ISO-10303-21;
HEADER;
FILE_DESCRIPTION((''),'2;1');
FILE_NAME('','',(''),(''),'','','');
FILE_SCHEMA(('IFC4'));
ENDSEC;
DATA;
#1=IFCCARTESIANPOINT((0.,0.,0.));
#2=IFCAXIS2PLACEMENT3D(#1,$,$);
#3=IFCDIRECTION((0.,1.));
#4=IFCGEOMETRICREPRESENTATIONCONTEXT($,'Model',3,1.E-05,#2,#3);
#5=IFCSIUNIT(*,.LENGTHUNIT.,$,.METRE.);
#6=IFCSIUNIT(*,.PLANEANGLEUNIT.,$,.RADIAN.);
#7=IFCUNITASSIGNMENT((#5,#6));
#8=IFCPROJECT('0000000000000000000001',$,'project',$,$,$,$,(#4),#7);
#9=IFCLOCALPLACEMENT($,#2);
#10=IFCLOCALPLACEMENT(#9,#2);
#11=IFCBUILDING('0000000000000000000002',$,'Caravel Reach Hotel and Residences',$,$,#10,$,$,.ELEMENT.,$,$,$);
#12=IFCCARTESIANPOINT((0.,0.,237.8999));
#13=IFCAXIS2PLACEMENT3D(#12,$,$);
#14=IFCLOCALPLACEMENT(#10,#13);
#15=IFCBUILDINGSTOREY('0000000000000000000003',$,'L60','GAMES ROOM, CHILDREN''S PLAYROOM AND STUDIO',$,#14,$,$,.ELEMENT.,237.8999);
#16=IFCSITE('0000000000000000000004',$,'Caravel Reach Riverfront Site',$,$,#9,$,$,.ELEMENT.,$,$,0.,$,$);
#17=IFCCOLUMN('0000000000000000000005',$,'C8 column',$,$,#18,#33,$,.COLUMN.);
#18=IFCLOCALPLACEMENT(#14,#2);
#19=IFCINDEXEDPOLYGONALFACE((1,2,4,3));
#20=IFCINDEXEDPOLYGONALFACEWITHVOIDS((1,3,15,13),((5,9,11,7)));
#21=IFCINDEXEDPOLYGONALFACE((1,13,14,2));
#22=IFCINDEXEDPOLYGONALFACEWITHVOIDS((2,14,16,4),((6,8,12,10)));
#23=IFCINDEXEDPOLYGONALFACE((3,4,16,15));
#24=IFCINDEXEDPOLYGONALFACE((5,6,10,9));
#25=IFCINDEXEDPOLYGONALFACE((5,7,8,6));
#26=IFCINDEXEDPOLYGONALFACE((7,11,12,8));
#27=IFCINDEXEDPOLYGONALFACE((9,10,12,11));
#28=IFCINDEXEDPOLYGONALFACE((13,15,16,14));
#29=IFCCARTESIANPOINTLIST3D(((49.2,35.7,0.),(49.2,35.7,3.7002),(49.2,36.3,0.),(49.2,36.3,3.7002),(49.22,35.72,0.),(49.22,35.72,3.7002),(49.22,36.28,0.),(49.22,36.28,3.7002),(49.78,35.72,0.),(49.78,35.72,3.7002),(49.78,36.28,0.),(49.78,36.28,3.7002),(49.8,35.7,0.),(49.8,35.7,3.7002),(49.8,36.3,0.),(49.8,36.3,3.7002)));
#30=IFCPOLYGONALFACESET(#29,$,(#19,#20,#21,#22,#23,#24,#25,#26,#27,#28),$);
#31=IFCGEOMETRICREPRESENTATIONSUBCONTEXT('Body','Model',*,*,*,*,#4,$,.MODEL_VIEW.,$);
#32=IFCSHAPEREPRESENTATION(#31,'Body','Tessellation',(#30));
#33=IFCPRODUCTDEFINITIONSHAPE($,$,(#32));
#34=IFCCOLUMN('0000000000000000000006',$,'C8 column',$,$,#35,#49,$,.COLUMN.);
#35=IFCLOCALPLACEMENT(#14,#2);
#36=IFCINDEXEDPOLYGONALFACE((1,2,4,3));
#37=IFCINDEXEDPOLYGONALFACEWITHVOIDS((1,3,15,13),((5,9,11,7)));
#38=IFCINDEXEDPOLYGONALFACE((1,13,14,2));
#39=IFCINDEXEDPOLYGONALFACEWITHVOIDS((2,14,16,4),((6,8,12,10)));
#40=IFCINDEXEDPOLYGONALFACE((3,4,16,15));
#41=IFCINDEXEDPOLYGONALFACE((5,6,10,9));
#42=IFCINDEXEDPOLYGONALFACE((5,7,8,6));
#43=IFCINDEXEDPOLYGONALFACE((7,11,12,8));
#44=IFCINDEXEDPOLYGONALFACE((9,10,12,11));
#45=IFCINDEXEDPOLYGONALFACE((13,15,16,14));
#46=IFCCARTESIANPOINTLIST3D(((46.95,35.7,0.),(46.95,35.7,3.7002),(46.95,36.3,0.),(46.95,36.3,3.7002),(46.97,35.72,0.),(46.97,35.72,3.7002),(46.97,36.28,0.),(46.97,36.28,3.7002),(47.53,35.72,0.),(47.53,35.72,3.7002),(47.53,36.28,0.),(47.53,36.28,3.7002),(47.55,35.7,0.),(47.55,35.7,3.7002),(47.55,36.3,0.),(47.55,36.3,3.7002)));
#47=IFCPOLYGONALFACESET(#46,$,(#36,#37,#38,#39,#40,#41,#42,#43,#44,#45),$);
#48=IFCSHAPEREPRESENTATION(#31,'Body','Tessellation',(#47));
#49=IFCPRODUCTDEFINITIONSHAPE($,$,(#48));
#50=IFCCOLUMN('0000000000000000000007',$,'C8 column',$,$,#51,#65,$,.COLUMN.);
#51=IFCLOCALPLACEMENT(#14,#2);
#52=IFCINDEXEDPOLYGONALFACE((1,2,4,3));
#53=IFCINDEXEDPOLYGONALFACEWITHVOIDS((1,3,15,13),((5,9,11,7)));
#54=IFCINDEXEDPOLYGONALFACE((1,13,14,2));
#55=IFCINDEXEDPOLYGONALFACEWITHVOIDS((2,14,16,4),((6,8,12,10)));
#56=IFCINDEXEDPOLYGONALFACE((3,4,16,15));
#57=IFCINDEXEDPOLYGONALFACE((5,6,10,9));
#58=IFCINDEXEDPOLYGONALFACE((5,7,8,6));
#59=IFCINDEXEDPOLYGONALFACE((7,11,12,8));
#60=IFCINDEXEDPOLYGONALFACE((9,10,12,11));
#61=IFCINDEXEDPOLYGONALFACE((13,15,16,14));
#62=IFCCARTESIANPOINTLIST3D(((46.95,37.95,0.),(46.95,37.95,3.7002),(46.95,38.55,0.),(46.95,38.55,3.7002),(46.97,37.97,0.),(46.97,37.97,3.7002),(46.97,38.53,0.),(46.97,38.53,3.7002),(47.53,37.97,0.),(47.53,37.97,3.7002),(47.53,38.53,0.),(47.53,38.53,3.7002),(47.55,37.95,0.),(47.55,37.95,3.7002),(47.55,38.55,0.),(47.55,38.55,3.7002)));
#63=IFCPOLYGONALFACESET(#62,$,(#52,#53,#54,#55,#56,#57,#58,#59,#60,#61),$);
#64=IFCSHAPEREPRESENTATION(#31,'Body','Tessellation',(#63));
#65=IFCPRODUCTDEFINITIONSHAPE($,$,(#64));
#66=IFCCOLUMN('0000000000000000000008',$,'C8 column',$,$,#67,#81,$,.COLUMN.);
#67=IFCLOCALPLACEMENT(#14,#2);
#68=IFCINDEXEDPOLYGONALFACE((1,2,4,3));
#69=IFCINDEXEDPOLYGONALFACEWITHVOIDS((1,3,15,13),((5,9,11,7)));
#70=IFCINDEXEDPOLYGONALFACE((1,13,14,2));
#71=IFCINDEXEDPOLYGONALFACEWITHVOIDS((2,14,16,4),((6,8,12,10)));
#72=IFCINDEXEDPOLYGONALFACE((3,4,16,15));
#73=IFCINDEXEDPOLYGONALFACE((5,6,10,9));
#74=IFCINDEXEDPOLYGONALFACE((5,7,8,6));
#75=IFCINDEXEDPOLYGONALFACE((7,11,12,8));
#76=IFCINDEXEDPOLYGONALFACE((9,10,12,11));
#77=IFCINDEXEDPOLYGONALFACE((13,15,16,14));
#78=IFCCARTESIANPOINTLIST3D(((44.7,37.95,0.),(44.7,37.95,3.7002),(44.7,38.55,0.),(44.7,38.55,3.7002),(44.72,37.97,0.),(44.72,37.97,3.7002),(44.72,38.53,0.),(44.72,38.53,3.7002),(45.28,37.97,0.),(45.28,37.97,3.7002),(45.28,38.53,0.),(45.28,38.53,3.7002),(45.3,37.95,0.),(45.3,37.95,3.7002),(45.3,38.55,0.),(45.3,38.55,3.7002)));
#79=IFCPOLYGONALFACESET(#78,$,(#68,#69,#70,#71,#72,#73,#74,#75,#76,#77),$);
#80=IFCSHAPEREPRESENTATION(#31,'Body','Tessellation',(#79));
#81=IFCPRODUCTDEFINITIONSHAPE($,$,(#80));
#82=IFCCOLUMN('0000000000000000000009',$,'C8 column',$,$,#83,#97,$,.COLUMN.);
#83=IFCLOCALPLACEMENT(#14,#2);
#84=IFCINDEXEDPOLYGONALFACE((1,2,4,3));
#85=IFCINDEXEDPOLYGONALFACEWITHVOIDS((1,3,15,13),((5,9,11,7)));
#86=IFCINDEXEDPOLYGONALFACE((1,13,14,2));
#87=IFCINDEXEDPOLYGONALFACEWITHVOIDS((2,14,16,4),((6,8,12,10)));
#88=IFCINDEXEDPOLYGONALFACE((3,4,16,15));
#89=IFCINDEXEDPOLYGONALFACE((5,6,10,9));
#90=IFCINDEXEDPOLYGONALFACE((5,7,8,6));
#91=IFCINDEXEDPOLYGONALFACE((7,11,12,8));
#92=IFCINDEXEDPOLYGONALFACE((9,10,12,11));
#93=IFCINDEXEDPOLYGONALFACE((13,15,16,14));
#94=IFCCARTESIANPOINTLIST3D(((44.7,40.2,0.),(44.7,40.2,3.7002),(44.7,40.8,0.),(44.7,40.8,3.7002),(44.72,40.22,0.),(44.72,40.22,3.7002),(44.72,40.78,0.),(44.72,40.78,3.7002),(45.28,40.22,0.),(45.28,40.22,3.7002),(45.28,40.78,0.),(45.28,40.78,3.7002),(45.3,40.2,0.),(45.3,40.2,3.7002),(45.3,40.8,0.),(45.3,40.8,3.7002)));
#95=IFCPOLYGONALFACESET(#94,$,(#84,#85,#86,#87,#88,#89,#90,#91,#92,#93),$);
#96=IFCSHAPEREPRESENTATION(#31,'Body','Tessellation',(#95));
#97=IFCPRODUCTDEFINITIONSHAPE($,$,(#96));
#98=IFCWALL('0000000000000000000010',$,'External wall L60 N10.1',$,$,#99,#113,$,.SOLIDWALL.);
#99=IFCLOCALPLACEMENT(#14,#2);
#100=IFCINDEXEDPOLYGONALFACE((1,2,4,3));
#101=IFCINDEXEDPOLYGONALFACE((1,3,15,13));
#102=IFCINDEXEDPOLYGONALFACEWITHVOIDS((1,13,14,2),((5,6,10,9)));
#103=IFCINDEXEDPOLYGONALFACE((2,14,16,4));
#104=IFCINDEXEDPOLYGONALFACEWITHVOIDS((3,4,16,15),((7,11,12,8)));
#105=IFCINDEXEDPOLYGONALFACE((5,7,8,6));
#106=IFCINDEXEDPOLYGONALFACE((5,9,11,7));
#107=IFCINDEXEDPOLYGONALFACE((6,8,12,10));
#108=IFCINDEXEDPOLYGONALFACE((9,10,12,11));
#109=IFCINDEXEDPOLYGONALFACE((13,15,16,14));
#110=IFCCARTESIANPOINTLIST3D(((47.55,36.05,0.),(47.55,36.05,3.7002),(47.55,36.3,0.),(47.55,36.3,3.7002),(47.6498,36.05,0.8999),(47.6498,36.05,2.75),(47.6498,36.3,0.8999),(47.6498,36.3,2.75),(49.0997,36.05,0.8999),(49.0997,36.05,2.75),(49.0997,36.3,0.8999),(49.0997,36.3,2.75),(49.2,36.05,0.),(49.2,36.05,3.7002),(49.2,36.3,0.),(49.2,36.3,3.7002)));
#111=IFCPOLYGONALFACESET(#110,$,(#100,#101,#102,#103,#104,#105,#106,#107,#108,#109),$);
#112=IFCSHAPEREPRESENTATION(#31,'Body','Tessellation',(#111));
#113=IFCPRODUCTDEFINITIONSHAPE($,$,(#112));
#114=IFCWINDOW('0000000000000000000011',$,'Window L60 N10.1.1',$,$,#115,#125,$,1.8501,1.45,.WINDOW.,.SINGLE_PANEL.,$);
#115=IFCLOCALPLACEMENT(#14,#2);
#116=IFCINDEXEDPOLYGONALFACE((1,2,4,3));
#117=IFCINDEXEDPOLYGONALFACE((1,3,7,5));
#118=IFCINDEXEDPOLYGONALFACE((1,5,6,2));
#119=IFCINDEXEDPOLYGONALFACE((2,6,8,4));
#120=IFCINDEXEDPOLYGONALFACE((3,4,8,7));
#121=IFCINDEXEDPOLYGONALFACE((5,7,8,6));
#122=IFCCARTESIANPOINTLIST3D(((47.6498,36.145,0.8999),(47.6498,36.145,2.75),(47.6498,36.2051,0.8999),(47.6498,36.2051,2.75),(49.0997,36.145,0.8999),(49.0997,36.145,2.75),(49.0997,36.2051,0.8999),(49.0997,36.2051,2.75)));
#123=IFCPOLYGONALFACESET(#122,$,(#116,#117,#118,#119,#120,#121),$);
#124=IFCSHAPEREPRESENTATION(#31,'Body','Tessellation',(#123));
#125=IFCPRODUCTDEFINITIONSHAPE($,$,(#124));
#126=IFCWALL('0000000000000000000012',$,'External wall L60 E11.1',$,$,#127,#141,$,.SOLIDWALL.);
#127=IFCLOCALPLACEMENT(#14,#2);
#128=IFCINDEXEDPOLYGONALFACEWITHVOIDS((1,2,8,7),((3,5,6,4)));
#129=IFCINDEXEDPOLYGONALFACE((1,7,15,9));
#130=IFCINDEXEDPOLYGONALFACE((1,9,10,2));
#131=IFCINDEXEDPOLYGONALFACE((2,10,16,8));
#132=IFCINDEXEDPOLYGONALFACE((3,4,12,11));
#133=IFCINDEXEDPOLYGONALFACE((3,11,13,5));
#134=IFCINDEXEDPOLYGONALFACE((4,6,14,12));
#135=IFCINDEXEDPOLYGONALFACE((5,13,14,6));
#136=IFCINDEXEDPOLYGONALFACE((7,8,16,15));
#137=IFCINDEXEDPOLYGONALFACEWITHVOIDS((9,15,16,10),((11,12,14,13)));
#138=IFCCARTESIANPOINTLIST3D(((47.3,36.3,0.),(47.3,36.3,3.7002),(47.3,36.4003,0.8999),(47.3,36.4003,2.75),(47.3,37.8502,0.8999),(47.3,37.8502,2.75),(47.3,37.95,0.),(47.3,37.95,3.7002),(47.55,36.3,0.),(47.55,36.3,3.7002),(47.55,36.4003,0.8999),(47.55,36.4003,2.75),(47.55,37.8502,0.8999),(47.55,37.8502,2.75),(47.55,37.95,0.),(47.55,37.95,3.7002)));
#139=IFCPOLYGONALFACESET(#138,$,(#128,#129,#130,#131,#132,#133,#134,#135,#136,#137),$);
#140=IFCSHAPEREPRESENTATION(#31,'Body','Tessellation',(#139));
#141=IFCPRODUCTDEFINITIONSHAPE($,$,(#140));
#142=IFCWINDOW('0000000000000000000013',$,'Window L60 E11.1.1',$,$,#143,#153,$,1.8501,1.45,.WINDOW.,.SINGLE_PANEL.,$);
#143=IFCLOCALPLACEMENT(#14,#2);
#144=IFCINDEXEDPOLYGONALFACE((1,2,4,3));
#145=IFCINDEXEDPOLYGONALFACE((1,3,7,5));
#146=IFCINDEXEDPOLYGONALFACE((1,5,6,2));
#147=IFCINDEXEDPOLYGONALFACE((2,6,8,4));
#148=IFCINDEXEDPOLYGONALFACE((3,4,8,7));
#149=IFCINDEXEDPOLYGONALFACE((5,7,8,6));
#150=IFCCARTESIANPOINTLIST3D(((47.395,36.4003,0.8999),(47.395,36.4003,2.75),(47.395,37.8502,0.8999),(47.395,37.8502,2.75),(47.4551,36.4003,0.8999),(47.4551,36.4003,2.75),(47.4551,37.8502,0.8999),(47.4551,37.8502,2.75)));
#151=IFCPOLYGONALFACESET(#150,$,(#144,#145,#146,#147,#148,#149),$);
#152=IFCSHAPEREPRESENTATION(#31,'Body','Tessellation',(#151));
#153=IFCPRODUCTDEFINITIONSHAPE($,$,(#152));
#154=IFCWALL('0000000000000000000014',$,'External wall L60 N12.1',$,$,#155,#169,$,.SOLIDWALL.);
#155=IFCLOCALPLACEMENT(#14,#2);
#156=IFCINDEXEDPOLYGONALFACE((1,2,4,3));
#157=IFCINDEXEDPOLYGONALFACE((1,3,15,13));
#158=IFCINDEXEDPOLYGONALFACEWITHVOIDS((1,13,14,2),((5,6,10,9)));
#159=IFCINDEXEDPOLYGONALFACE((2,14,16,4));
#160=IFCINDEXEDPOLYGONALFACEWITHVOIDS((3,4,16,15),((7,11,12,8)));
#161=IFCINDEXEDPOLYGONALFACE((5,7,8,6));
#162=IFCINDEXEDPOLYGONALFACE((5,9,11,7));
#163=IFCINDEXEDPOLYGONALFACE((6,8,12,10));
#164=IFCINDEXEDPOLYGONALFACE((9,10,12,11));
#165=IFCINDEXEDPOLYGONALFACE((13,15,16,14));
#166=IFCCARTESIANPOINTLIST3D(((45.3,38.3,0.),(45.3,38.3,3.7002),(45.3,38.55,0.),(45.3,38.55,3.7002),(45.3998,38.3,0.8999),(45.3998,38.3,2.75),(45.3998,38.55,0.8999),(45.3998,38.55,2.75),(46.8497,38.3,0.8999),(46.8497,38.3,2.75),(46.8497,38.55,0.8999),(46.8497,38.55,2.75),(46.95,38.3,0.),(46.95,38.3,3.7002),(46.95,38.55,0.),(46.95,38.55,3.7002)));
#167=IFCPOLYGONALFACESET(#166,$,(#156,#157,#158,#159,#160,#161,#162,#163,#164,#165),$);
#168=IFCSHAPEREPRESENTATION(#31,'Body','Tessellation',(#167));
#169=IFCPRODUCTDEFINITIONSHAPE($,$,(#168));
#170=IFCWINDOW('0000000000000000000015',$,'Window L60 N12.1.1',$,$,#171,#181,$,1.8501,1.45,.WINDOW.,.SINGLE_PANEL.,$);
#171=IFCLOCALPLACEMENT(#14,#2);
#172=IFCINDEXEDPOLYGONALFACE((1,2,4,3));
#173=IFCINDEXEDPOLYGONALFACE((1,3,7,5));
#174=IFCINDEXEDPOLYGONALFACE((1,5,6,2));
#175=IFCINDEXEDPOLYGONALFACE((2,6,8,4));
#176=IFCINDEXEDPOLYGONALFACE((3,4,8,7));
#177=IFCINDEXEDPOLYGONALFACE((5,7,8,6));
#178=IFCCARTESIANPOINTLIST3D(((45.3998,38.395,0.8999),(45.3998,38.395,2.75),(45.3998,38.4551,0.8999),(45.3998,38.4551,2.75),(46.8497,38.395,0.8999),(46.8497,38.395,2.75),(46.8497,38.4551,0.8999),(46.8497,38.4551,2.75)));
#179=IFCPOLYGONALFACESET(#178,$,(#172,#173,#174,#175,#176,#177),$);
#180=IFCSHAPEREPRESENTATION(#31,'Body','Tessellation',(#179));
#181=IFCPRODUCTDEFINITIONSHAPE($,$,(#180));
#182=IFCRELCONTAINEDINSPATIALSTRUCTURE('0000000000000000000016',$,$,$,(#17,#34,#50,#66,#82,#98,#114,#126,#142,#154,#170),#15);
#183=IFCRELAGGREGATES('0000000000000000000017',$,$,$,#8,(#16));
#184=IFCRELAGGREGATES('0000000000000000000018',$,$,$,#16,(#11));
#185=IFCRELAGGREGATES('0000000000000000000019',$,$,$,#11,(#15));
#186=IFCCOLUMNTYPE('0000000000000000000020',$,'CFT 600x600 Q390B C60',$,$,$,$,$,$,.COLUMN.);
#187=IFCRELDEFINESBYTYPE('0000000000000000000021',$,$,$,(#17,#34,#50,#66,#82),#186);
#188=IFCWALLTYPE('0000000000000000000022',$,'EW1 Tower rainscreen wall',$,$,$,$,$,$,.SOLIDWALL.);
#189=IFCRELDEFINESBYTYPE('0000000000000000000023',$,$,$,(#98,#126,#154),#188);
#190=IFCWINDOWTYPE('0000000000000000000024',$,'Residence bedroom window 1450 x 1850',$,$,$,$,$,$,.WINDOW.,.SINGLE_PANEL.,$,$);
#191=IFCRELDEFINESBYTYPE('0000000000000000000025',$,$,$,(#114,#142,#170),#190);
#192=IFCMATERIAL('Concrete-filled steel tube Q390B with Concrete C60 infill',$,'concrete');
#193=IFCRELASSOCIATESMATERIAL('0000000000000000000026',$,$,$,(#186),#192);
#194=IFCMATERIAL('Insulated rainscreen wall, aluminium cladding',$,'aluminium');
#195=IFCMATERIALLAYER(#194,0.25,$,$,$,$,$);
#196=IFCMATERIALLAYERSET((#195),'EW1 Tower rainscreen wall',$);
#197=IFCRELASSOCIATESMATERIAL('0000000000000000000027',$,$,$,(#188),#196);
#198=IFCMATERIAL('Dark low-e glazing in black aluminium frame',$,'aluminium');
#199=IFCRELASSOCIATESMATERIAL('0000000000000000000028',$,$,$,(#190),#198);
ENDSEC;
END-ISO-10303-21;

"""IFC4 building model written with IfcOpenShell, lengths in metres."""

from ifc_helpers import new_model, si_unit, direction, frame, frame_2d, origin, origin_2d, place, context, subcontext, project, spatial, rectangle, hollow_rectangle, extrude, material, layer, layer_set, material_profile, profile_set, type_object, element, fill, save


model = new_model("IFC4")

# Units and contexts
model_context = context("Model", 3, precision=1e-05, world=origin(), true_north=direction((0.0, 1.0)))
body_context = subcontext(model_context, "Body", "Model", "MODEL_VIEW")
ifc_project = project(units=[si_unit("LENGTHUNIT", "METRE"), si_unit("PLANEANGLEUNIT", "RADIAN")], contexts=[model_context])

# Site, building, storey
site_placement = place(None, origin())
site = spatial("IfcSite", under=ifc_project, at=site_placement, Name="Caravel Reach Riverfront Site", CompositionType="ELEMENT", RefElevation=0.0)
building_placement = place(site_placement, origin())
building = spatial("IfcBuilding", under=site, at=building_placement, Name="Caravel Reach Hotel and Residences", CompositionType="ELEMENT")
storey_placement = place(building_placement, frame((0.0, 0.0, 237.8999)))
storey = spatial("IfcBuildingStorey", under=building, at=storey_placement, Name="L60", Description="GAMES ROOM, CHILDREN'S PLAYROOM AND STUDIO", CompositionType="ELEMENT", Elevation=237.8999)

# Columns
ifc_material_1 = material(Name="Concrete-filled steel tube Q390B with Concrete C60 infill", Category="concrete")
ifc_material_profile = material_profile(ifc_material_1, hollow_rectangle(XDim=0.6001, YDim=0.6001, WallThickness=0.02, at=origin_2d()), Name="RHS 600x600x20")
ifc_profile_set = profile_set([ifc_material_profile], Name="Concrete-filled steel tube Q390B with Concrete C60 infill")
column_type = type_object("IfcColumnType", Name="CFT 600x600 Q390B C60", PredefinedType="COLUMN", material=ifc_profile_set)
for number, where, z_axis, x_axis, name in (
    (1, (49.5, 36.0, 0.0), (0.0, 0.0, 1.0), (1.0, 0.0, 0.0), "C8 column"),
    (2, (47.25, 36.0, 0.0), (0.0, 0.0, 1.0), (1.0, 0.0, 0.0), "C8 column"),
    (3, (47.25, 38.25, 0.0), (0.0, 0.0, 1.0), (1.0, 0.0, 0.0), "C8 column"),
    (4, (45.0, 38.25, 0.0), (0.0, 0.0, 1.0), (1.0, 0.0, 0.0), "C8 column"),
    (5, (45.0, 40.5, 0.0), (0.0, 0.0, 1.0), (1.0, 0.0, 0.0), "C8 column"),
):
    element("IfcColumn", number, at=place(storey_placement, frame(where, z_axis=z_axis, x_axis=x_axis)), inside=storey, type_object=column_type, Name=name, PredefinedType="COLUMN", context=body_context, shape_type="SweptSolid", body=[
        extrude(hollow_rectangle(XDim=0.6001, YDim=0.6001, WallThickness=0.02, at=origin_2d()), origin(), (0.0, 0.0, 1.0), 3.7002),
    ])

# Walls, openings, windows
ifc_material_2 = material(Name="Insulated rainscreen wall, aluminium cladding", Category="aluminium")
ifc_layer = layer(ifc_material_2, 0.25)
ifc_layer_set = layer_set([ifc_layer], Name="EW1 Tower rainscreen wall")
wall_type = type_object("IfcWallType", Name="EW1 Tower rainscreen wall", PredefinedType="SOLIDWALL", material=ifc_layer_set)
wall_1_placement = place(storey_placement, frame((49.2, 36.175, 0.0), z_axis=(0.0, 0.0, 1.0), x_axis=(-1.0, 0.0, 0.0)))
wall_1 = element("IfcWall", 6, at=wall_1_placement, inside=storey, type_object=wall_type, Name="External wall L60 N10.1", PredefinedType="SOLIDWALL", context=body_context, shape_type="SweptSolid", body=[
    extrude(rectangle(XDim=1.6499, YDim=0.25, at=frame_2d((0.825, 0.0))), origin(), (0.0, 0.0, 1.0), 3.7002),
])
opening_1_placement = place(wall_1_placement, frame((0.1001, 0.0, 0.8999)))
opening_1 = element("IfcOpeningElement", 7, at=opening_1_placement, cuts=wall_1, PredefinedType="OPENING", context=body_context, shape_type="SweptSolid", body=[
    extrude(rectangle(XDim=1.45, YDim=1.8501, at=frame_2d((0.7251, 0.925))), frame((0.0, 0.135, 0.0), z_axis=(0.0, -1.0, 0.0), x_axis=(1.0, 0.0, 0.0)), (0.0, 0.0, 1.0), 0.27),
])
ifc_material_3 = material(Name="Dark low-e glazing in black aluminium frame", Category="aluminium")
window_type_1 = type_object("IfcWindowType", Name="Residence bedroom window 1450 x 1850", PartitioningType="SINGLE_PANEL", PredefinedType="WINDOW", material=ifc_material_3)
window_1_placement = place(opening_1_placement, origin())
window_1 = element("IfcWindow", 8, at=window_1_placement, inside=storey, type_object=window_type_1, Name="Window L60 N10.1.1", OverallHeight=1.8501, OverallWidth=1.45, PartitioningType="SINGLE_PANEL", PredefinedType="WINDOW", context=body_context, shape_type="SweptSolid", body=[
    extrude(rectangle(XDim=1.45, YDim=1.8501, at=frame_2d((0.7251, 0.925))), frame((0.0, 0.03, 0.0), z_axis=(0.0, -1.0, 0.0), x_axis=(1.0, 0.0, 0.0)), (0.0, 0.0, 1.0), 0.0601),
])
fill(opening_1, window_1)
wall_2_placement = place(storey_placement, frame((47.425, 36.3, 0.0), z_axis=(0.0, 0.0, 1.0), x_axis=(0.0, 1.0, 0.0)))
wall_2 = element("IfcWall", 9, at=wall_2_placement, inside=storey, type_object=wall_type, Name="External wall L60 E11.1", PredefinedType="SOLIDWALL", context=body_context, shape_type="SweptSolid", body=[
    extrude(rectangle(XDim=1.6499, YDim=0.25, at=frame_2d((0.825, 0.0))), origin(), (0.0, 0.0, 1.0), 3.7002),
])
opening_2_placement = place(wall_2_placement, frame((0.1001, 0.0, 0.8999)))
opening_2 = element("IfcOpeningElement", 10, at=opening_2_placement, cuts=wall_2, PredefinedType="OPENING", context=body_context, shape_type="SweptSolid", body=[
    extrude(rectangle(XDim=1.45, YDim=1.8501, at=frame_2d((0.7251, 0.925))), frame((0.0, 0.135, 0.0), z_axis=(0.0, -1.0, 0.0), x_axis=(1.0, 0.0, 0.0)), (0.0, 0.0, 1.0), 0.27),
])
window_2_placement = place(opening_2_placement, origin())
window_2 = element("IfcWindow", 11, at=window_2_placement, inside=storey, type_object=window_type_1, Name="Window L60 E11.1.1", OverallHeight=1.8501, OverallWidth=1.45, PartitioningType="SINGLE_PANEL", PredefinedType="WINDOW", context=body_context, shape_type="SweptSolid", body=[
    extrude(rectangle(XDim=1.45, YDim=1.8501, at=frame_2d((0.7251, 0.925))), frame((0.0, 0.03, 0.0), z_axis=(0.0, -1.0, 0.0), x_axis=(1.0, 0.0, 0.0)), (0.0, 0.0, 1.0), 0.0601),
])
fill(opening_2, window_2)
wall_3_placement = place(storey_placement, frame((46.95, 38.425, 0.0), z_axis=(0.0, 0.0, 1.0), x_axis=(-1.0, 0.0, 0.0)))
wall_3 = element("IfcWall", 12, at=wall_3_placement, inside=storey, type_object=wall_type, Name="External wall L60 N12.1", PredefinedType="SOLIDWALL", context=body_context, shape_type="SweptSolid", body=[
    extrude(rectangle(XDim=1.6499, YDim=0.25, at=frame_2d((0.825, 0.0))), origin(), (0.0, 0.0, 1.0), 3.7002),
])
opening_3_placement = place(wall_3_placement, frame((0.1001, 0.0, 0.8999)))
opening_3 = element("IfcOpeningElement", 13, at=opening_3_placement, cuts=wall_3, PredefinedType="OPENING", context=body_context, shape_type="SweptSolid", body=[
    extrude(rectangle(XDim=1.45, YDim=1.8501, at=frame_2d((0.7251, 0.925))), frame((0.0, 0.135, 0.0), z_axis=(0.0, -1.0, 0.0), x_axis=(1.0, 0.0, 0.0)), (0.0, 0.0, 1.0), 0.27),
])
window_3_placement = place(opening_3_placement, origin())
window_3 = element("IfcWindow", 14, at=window_3_placement, inside=storey, type_object=window_type_1, Name="Window L60 N12.1.1", OverallHeight=1.8501, OverallWidth=1.45, PartitioningType="SINGLE_PANEL", PredefinedType="WINDOW", context=body_context, shape_type="SweptSolid", body=[
    extrude(rectangle(XDim=1.45, YDim=1.8501, at=frame_2d((0.7251, 0.925))), frame((0.0, 0.03, 0.0), z_axis=(0.0, -1.0, 0.0), x_axis=(1.0, 0.0, 0.0)), (0.0, 0.0, 1.0), 0.0601),
])
fill(opening_3, window_3)

save(model, "model.ifc")
